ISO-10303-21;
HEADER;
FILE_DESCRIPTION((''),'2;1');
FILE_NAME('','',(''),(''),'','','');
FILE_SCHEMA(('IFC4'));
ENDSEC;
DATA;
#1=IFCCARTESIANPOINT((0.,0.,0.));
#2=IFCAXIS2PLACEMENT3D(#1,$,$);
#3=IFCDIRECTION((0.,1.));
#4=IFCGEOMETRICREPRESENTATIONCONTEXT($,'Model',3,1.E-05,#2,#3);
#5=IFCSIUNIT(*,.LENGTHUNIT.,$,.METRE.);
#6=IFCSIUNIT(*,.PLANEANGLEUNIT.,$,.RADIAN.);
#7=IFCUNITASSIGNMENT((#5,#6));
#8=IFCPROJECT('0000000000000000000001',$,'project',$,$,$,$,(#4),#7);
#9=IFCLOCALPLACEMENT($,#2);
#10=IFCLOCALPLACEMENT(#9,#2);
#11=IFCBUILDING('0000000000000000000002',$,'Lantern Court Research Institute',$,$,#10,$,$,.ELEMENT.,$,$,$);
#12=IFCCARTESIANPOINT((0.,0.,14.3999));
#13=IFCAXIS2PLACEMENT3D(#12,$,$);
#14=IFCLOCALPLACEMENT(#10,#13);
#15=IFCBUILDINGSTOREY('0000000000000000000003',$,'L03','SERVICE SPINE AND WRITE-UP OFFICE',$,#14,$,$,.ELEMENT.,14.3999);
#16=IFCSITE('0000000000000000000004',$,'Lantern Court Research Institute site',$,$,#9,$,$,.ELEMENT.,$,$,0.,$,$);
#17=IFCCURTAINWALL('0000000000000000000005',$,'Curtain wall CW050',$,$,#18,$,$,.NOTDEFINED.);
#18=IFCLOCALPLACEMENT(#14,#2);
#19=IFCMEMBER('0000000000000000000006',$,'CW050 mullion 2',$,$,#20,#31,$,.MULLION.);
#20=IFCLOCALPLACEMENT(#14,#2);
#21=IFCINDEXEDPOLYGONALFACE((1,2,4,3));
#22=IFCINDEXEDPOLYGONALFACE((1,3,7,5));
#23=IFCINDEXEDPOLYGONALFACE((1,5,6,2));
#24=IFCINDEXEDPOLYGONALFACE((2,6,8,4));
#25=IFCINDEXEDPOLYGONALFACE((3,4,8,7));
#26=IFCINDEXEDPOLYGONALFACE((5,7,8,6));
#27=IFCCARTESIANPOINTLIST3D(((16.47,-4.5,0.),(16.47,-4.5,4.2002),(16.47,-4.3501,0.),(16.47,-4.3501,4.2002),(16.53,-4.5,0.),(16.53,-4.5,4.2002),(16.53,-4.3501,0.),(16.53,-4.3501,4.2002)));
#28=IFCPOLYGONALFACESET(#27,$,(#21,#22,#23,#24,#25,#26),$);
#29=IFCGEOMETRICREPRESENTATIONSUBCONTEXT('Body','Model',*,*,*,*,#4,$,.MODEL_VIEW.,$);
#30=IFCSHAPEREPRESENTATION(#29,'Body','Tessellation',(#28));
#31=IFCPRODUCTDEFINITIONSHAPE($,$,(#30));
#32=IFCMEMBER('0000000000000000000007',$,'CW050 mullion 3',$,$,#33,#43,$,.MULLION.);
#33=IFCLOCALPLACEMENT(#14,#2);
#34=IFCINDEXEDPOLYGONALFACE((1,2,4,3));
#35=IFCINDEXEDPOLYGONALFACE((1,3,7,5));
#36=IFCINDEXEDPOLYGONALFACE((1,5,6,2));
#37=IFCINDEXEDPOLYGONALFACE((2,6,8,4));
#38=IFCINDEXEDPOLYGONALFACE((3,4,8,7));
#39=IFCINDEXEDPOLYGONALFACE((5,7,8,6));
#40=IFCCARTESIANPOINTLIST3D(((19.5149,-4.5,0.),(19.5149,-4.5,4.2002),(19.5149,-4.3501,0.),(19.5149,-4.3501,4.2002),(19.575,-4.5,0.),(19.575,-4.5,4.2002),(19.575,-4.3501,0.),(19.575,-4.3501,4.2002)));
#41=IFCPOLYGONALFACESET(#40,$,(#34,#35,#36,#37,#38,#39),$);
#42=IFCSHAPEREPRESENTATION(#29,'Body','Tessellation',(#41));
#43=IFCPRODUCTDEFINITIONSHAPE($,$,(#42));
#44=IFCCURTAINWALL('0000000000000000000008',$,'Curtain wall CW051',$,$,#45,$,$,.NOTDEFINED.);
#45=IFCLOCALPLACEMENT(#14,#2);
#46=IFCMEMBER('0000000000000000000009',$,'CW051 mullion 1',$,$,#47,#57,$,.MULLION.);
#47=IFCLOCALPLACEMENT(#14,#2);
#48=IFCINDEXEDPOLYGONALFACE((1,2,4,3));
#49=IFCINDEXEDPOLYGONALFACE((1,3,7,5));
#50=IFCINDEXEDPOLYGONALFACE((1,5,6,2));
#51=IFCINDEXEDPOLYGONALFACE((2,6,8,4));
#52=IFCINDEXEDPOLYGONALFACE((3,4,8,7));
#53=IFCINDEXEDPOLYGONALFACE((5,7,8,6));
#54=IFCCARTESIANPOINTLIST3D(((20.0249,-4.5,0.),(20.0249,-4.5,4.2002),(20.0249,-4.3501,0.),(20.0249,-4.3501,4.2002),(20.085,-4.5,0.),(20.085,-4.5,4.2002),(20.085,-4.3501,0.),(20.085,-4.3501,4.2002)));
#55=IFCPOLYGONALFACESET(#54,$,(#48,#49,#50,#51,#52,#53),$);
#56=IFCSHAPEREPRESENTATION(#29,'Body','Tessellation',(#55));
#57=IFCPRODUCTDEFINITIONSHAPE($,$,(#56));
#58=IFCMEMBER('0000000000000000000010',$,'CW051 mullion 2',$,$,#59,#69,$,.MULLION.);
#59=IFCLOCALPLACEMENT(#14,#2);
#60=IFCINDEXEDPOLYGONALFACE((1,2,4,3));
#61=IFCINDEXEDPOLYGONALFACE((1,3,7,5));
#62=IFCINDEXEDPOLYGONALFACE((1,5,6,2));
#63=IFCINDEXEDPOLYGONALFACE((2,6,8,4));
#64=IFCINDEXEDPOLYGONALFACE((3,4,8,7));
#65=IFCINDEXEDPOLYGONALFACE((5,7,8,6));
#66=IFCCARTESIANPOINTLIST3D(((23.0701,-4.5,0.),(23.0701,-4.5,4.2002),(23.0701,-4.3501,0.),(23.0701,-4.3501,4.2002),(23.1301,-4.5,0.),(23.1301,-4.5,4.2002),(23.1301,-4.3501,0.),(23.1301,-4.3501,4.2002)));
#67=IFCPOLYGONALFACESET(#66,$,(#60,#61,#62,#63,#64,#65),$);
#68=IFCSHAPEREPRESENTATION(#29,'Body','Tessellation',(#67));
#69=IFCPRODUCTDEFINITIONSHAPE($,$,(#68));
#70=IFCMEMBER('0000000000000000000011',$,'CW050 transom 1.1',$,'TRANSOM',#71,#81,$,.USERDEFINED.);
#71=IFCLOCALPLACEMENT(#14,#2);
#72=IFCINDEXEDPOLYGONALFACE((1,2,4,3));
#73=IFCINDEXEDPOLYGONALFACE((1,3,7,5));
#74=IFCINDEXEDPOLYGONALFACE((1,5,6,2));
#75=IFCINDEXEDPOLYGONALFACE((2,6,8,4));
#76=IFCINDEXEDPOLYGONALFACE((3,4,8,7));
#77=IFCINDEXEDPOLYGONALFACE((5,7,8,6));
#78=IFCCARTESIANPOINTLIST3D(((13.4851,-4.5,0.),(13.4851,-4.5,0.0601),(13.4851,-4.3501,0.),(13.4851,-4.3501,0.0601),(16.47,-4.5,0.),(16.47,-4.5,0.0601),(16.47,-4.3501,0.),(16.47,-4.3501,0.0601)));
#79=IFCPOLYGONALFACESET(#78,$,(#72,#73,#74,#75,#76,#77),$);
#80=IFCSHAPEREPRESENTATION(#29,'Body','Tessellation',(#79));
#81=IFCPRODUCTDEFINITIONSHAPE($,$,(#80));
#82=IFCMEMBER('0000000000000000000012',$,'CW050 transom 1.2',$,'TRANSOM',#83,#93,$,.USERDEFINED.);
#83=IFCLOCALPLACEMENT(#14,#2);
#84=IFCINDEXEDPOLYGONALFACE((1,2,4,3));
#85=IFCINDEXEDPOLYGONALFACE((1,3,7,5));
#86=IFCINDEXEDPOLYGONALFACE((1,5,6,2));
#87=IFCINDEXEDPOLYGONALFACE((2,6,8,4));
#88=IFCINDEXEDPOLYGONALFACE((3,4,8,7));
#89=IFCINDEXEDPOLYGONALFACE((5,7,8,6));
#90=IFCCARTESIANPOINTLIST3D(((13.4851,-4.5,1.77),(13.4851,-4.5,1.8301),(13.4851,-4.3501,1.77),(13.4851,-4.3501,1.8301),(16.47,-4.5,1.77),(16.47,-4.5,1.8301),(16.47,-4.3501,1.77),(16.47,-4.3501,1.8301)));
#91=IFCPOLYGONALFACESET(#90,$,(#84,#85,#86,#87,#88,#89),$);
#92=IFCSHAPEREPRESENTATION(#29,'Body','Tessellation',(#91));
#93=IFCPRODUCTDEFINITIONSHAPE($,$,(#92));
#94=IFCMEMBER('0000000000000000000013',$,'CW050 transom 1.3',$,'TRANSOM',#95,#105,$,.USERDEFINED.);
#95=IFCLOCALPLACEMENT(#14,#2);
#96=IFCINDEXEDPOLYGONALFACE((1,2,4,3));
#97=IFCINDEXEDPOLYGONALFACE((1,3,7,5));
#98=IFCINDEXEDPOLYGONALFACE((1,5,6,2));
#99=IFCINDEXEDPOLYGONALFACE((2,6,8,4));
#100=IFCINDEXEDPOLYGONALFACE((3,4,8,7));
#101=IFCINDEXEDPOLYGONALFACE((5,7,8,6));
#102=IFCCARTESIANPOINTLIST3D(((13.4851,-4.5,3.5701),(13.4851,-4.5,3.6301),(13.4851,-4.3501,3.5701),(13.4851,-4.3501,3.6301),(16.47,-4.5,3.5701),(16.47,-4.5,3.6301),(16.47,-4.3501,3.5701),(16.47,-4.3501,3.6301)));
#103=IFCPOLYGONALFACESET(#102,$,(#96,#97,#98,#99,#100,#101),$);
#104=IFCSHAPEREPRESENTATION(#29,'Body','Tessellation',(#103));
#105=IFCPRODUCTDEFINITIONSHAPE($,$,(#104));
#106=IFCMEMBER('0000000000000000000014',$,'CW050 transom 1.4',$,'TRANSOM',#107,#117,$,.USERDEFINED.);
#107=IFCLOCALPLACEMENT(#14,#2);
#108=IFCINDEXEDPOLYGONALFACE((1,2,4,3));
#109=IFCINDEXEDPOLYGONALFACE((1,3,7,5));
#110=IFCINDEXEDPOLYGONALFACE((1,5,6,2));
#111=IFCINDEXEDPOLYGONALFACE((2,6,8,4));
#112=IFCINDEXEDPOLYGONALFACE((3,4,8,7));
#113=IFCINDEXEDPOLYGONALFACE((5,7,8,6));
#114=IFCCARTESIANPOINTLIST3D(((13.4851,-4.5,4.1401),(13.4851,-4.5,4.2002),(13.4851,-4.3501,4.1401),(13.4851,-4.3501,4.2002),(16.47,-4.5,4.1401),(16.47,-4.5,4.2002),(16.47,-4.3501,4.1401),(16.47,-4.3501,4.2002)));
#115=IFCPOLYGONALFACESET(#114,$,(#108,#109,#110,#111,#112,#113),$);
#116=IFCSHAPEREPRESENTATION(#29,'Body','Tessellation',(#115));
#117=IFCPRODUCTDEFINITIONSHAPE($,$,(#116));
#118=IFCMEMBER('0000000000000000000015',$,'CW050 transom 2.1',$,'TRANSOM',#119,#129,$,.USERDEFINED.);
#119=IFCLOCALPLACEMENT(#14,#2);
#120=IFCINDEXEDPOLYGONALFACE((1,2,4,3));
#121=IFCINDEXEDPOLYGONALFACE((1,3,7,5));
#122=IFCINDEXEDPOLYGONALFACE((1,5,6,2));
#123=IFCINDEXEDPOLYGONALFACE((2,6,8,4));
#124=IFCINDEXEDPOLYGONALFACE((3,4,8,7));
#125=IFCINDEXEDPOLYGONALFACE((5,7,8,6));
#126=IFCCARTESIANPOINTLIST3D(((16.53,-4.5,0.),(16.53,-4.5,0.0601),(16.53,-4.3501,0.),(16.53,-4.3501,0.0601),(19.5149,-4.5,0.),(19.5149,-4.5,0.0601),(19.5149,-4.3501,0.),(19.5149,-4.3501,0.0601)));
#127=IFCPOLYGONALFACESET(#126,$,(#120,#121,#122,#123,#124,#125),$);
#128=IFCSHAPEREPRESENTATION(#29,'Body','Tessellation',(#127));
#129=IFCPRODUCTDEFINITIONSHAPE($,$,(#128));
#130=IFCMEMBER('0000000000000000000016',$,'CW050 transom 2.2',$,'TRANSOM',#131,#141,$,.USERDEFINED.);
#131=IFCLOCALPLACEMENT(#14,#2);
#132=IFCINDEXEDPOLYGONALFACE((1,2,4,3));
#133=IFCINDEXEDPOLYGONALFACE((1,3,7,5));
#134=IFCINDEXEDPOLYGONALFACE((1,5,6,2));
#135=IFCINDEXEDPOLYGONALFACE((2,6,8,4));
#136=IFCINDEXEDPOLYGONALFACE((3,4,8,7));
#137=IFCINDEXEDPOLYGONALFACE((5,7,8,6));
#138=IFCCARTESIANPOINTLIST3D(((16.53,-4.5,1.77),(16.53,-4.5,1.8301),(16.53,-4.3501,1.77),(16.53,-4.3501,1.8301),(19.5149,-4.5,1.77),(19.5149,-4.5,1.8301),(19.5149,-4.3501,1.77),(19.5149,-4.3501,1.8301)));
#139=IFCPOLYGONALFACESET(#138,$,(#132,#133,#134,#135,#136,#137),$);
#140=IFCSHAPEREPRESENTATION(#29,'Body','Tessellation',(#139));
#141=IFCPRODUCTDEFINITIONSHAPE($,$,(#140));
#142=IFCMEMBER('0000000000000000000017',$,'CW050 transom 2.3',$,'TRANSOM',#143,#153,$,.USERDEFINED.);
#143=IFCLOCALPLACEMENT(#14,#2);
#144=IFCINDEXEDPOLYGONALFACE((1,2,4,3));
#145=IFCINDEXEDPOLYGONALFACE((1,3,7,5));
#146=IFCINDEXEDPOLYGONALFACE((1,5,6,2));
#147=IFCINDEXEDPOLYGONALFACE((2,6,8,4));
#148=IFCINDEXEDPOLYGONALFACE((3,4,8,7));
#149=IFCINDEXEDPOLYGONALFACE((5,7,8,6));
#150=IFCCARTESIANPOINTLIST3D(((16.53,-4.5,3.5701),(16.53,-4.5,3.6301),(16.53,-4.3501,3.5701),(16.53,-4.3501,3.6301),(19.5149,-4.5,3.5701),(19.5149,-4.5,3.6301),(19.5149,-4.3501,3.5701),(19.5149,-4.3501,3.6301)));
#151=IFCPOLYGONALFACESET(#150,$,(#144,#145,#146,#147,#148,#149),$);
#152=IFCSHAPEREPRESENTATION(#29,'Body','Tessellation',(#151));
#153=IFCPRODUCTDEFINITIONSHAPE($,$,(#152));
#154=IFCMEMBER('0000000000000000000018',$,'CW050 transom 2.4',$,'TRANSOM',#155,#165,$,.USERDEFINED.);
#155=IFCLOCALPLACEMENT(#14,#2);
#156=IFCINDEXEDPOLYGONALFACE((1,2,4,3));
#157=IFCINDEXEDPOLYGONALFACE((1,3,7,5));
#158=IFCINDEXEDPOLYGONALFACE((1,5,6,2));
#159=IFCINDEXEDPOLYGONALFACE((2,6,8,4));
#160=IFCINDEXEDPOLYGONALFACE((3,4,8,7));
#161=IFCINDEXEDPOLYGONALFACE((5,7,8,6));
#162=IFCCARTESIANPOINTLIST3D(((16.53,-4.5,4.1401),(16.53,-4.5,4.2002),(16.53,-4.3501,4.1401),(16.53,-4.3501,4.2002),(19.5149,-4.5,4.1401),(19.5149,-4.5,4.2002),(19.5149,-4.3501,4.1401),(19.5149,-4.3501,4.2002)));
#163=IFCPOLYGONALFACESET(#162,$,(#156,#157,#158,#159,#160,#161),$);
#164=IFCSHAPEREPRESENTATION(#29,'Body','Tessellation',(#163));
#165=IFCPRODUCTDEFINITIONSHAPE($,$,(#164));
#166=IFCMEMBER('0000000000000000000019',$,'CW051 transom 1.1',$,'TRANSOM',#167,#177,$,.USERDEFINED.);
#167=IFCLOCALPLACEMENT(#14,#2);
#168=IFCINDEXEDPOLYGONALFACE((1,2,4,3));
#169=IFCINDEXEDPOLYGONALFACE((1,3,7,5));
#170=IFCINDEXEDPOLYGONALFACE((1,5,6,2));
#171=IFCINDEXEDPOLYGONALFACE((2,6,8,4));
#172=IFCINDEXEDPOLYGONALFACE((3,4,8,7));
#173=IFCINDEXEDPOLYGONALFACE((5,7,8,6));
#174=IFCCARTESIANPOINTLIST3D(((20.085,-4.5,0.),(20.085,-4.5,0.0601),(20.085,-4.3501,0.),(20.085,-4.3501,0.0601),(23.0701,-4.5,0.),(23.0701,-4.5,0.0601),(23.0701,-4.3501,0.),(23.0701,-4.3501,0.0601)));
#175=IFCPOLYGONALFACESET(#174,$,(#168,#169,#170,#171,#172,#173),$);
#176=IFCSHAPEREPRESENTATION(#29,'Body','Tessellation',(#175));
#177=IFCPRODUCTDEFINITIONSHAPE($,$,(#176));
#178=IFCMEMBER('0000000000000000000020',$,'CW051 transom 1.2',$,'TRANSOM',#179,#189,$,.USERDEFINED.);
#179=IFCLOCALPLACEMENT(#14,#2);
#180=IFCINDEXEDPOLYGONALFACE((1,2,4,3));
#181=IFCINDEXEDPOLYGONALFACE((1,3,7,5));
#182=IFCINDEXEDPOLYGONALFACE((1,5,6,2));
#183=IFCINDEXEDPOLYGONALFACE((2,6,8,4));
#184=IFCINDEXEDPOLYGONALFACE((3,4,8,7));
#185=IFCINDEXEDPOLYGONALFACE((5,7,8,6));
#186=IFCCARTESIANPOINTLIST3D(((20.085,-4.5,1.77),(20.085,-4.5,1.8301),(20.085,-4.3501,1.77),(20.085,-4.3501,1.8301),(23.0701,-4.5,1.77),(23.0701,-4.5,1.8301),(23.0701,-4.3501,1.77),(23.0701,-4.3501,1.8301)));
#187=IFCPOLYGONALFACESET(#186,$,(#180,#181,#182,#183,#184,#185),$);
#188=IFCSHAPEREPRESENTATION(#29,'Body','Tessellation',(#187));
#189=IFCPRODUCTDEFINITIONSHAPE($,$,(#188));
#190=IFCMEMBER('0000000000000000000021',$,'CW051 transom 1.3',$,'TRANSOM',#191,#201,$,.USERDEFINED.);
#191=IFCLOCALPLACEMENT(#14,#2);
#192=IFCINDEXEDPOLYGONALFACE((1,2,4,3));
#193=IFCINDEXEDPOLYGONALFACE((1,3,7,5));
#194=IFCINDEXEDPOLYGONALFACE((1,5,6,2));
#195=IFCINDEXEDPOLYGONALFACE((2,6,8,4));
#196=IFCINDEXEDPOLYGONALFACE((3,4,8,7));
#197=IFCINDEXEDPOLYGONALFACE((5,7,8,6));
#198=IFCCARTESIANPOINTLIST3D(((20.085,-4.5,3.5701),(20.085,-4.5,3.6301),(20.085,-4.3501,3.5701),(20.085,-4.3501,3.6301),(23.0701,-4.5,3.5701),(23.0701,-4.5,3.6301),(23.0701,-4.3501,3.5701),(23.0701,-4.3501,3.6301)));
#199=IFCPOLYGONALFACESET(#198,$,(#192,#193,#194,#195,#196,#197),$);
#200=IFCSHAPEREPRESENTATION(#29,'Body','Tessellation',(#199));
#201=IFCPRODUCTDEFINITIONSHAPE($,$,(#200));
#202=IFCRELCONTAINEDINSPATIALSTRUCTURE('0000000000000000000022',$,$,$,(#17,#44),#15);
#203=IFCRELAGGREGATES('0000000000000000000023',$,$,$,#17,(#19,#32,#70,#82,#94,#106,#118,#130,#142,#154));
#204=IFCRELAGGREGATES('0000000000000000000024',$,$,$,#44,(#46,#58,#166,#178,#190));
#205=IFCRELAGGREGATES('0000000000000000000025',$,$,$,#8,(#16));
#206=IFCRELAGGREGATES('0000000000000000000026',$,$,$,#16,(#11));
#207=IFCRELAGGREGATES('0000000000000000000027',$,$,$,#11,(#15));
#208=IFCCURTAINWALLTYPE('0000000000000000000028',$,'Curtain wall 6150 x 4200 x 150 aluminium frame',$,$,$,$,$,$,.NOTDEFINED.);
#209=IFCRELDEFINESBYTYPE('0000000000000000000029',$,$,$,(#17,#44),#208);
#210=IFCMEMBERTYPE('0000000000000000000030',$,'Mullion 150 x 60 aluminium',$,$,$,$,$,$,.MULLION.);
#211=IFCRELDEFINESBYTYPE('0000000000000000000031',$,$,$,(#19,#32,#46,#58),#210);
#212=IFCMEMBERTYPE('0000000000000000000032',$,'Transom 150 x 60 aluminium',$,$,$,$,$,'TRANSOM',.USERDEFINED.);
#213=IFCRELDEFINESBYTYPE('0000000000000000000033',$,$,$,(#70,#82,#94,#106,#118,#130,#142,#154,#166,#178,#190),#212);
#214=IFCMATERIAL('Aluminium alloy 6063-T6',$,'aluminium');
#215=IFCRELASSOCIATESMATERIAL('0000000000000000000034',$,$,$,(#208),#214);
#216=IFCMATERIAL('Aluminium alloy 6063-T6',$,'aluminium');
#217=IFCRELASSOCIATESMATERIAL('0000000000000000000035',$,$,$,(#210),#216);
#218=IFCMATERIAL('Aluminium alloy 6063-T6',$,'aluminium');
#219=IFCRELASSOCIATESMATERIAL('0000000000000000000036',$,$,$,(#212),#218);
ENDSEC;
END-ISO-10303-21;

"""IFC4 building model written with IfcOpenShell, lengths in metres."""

from ifc_helpers import new_model, si_unit, direction, frame, origin, origin_2d, place, context, subcontext, project, spatial, rectangle, extrude, material, material_profile, profile_set, type_object, element, aggregate, save


model = new_model("IFC4")

# Units and contexts
model_context = context("Model", 3, precision=1e-05, world=origin(), true_north=direction((0.0, 1.0)))
body_context = subcontext(model_context, "Body", "Model", "MODEL_VIEW")
ifc_project = project(units=[si_unit("LENGTHUNIT", "METRE"), si_unit("PLANEANGLEUNIT", "RADIAN")], contexts=[model_context])

# Site, building, storey
site_placement = place(None, origin())
site = spatial("IfcSite", under=ifc_project, at=site_placement, Name="Lantern Court Research Institute site", CompositionType="ELEMENT", RefElevation=0.0)
building_placement = place(site_placement, origin())
building = spatial("IfcBuilding", under=site, at=building_placement, Name="Lantern Court Research Institute", CompositionType="ELEMENT")
storey_placement = place(building_placement, frame((0.0, 0.0, 14.3999)))
storey = spatial("IfcBuildingStorey", under=building, at=storey_placement, Name="L03", Description="SERVICE SPINE AND WRITE-UP OFFICE", CompositionType="ELEMENT", Elevation=14.3999)

# Curtain walls, members
ifc_material_1 = material(Name="Aluminium alloy 6063-T6", Category="aluminium")
curtain_wall_type = type_object("IfcCurtainWallType", Name="Curtain wall 6150 x 4200 x 150 aluminium frame", PredefinedType="NOTDEFINED", material=ifc_material_1)
curtain_wall_1_placement = place(storey_placement, origin())
curtain_wall_1 = element("IfcCurtainWall", 1, at=curtain_wall_1_placement, inside=storey, type_object=curtain_wall_type, Name="Curtain wall CW050", PredefinedType="NOTDEFINED")
ifc_material_2 = material(Name="Aluminium alloy 6063-T6", Category="aluminium")
ifc_material_profile_1 = material_profile(ifc_material_2, rectangle(XDim=0.1499, YDim=0.0601, at=origin_2d()), Name="Mullion 150 x 60")
ifc_profile_set_1 = profile_set([ifc_material_profile_1], Name="Aluminium alloy 6063-T6")
member_type_1 = type_object("IfcMemberType", Name="Mullion 150 x 60 aluminium", PredefinedType="MULLION", material=ifc_profile_set_1)
member_1_placement = place(storey_placement, frame((16.5, -4.425, 0.0), z_axis=(0.0, 0.0, 1.0), x_axis=(0.0, -1.0, 0.0)))
member_1 = element("IfcMember", 2, at=member_1_placement, type_object=member_type_1, Name="CW050 mullion 2", PredefinedType="MULLION", context=body_context, shape_type="SweptSolid", body=[
    extrude(rectangle(XDim=0.1499, YDim=0.0601, at=origin_2d()), origin(), (0.0, 0.0, 1.0), 4.2002),
])
member_2_placement = place(storey_placement, frame((19.5449, -4.425, 0.0), z_axis=(0.0, 0.0, 1.0), x_axis=(0.0, -1.0, 0.0)))
member_2 = element("IfcMember", 3, at=member_2_placement, type_object=member_type_1, Name="CW050 mullion 3", PredefinedType="MULLION", context=body_context, shape_type="SweptSolid", body=[
    extrude(rectangle(XDim=0.1499, YDim=0.0601, at=origin_2d()), origin(), (0.0, 0.0, 1.0), 4.2002),
])
curtain_wall_2_placement = place(storey_placement, origin())
curtain_wall_2 = element("IfcCurtainWall", 4, at=curtain_wall_2_placement, inside=storey, type_object=curtain_wall_type, Name="Curtain wall CW051", PredefinedType="NOTDEFINED")
member_3_placement = place(storey_placement, frame((20.0549, -4.425, 0.0), z_axis=(0.0, 0.0, 1.0), x_axis=(0.0, -1.0, 0.0)))
member_3 = element("IfcMember", 5, at=member_3_placement, type_object=member_type_1, Name="CW051 mullion 1", PredefinedType="MULLION", context=body_context, shape_type="SweptSolid", body=[
    extrude(rectangle(XDim=0.1499, YDim=0.0601, at=origin_2d()), origin(), (0.0, 0.0, 1.0), 4.2002),
])
member_4_placement = place(storey_placement, frame((23.1001, -4.425, 0.0), z_axis=(0.0, 0.0, 1.0), x_axis=(0.0, -1.0, 0.0)))
member_4 = element("IfcMember", 6, at=member_4_placement, type_object=member_type_1, Name="CW051 mullion 2", PredefinedType="MULLION", context=body_context, shape_type="SweptSolid", body=[
    extrude(rectangle(XDim=0.1499, YDim=0.0601, at=origin_2d()), origin(), (0.0, 0.0, 1.0), 4.2002),
])

# Members
ifc_material_3 = material(Name="Aluminium alloy 6063-T6", Category="aluminium")
ifc_material_profile_2 = material_profile(ifc_material_3, rectangle(XDim=0.1499, YDim=0.0601, at=origin_2d()), Name="Transom 150 x 60")
ifc_profile_set_2 = profile_set([ifc_material_profile_2], Name="Aluminium alloy 6063-T6")
member_type_2 = type_object("IfcMemberType", Name="Transom 150 x 60 aluminium", ElementType="TRANSOM", PredefinedType="USERDEFINED", material=ifc_profile_set_2)
member_5_placement = place(storey_placement, frame((16.47, -4.425, 0.03), z_axis=(-1.0, 0.0, 0.0), x_axis=(0.0, -1.0, 0.0)))
member_5 = element("IfcMember", 7, at=member_5_placement, type_object=member_type_2, Name="CW050 transom 1.1", ObjectType="TRANSOM", PredefinedType="USERDEFINED", context=body_context, shape_type="SweptSolid", body=[
    extrude(rectangle(XDim=0.1499, YDim=0.0601, at=origin_2d()), origin(), (0.0, 0.0, 1.0), 2.9849),
])
member_6_placement = place(storey_placement, frame((16.47, -4.425, 1.8), z_axis=(-1.0, 0.0, 0.0), x_axis=(0.0, -1.0, 0.0)))
member_6 = element("IfcMember", 8, at=member_6_placement, type_object=member_type_2, Name="CW050 transom 1.2", ObjectType="TRANSOM", PredefinedType="USERDEFINED", context=body_context, shape_type="SweptSolid", body=[
    extrude(rectangle(XDim=0.1499, YDim=0.0601, at=origin_2d()), origin(), (0.0, 0.0, 1.0), 2.9849),
])
member_7_placement = place(storey_placement, frame((16.47, -4.425, 3.6001), z_axis=(-1.0, 0.0, 0.0), x_axis=(0.0, -1.0, 0.0)))
member_7 = element("IfcMember", 9, at=member_7_placement, type_object=member_type_2, Name="CW050 transom 1.3", ObjectType="TRANSOM", PredefinedType="USERDEFINED", context=body_context, shape_type="SweptSolid", body=[
    extrude(rectangle(XDim=0.1499, YDim=0.0601, at=origin_2d()), origin(), (0.0, 0.0, 1.0), 2.9849),
])
member_8_placement = place(storey_placement, frame((16.47, -4.425, 4.1702), z_axis=(-1.0, 0.0, 0.0), x_axis=(0.0, -1.0, 0.0)))
member_8 = element("IfcMember", 10, at=member_8_placement, type_object=member_type_2, Name="CW050 transom 1.4", ObjectType="TRANSOM", PredefinedType="USERDEFINED", context=body_context, shape_type="SweptSolid", body=[
    extrude(rectangle(XDim=0.1499, YDim=0.0601, at=origin_2d()), origin(), (0.0, 0.0, 1.0), 2.9849),
])
member_9_placement = place(storey_placement, frame((19.5149, -4.425, 0.03), z_axis=(-1.0, 0.0, 0.0), x_axis=(0.0, -1.0, 0.0)))
member_9 = element("IfcMember", 11, at=member_9_placement, type_object=member_type_2, Name="CW050 transom 2.1", ObjectType="TRANSOM", PredefinedType="USERDEFINED", context=body_context, shape_type="SweptSolid", body=[
    extrude(rectangle(XDim=0.1499, YDim=0.0601, at=origin_2d()), origin(), (0.0, 0.0, 1.0), 2.9849),
])
member_10_placement = place(storey_placement, frame((19.5149, -4.425, 1.8), z_axis=(-1.0, 0.0, 0.0), x_axis=(0.0, -1.0, 0.0)))
member_10 = element("IfcMember", 12, at=member_10_placement, type_object=member_type_2, Name="CW050 transom 2.2", ObjectType="TRANSOM", PredefinedType="USERDEFINED", context=body_context, shape_type="SweptSolid", body=[
    extrude(rectangle(XDim=0.1499, YDim=0.0601, at=origin_2d()), origin(), (0.0, 0.0, 1.0), 2.9849),
])
member_11_placement = place(storey_placement, frame((19.5149, -4.425, 3.6001), z_axis=(-1.0, 0.0, 0.0), x_axis=(0.0, -1.0, 0.0)))
member_11 = element("IfcMember", 13, at=member_11_placement, type_object=member_type_2, Name="CW050 transom 2.3", ObjectType="TRANSOM", PredefinedType="USERDEFINED", context=body_context, shape_type="SweptSolid", body=[
    extrude(rectangle(XDim=0.1499, YDim=0.0601, at=origin_2d()), origin(), (0.0, 0.0, 1.0), 2.9849),
])
member_12_placement = place(storey_placement, frame((19.5149, -4.425, 4.1702), z_axis=(-1.0, 0.0, 0.0), x_axis=(0.0, -1.0, 0.0)))
member_12 = element("IfcMember", 14, at=member_12_placement, type_object=member_type_2, Name="CW050 transom 2.4", ObjectType="TRANSOM", PredefinedType="USERDEFINED", context=body_context, shape_type="SweptSolid", body=[
    extrude(rectangle(XDim=0.1499, YDim=0.0601, at=origin_2d()), origin(), (0.0, 0.0, 1.0), 2.9849),
])
member_13_placement = place(storey_placement, frame((23.0701, -4.425, 0.03), z_axis=(-1.0, 0.0, 0.0), x_axis=(0.0, -1.0, 0.0)))
member_13 = element("IfcMember", 15, at=member_13_placement, type_object=member_type_2, Name="CW051 transom 1.1", ObjectType="TRANSOM", PredefinedType="USERDEFINED", context=body_context, shape_type="SweptSolid", body=[
    extrude(rectangle(XDim=0.1499, YDim=0.0601, at=origin_2d()), origin(), (0.0, 0.0, 1.0), 2.9851),
])
member_14_placement = place(storey_placement, frame((23.0701, -4.425, 1.8), z_axis=(-1.0, 0.0, 0.0), x_axis=(0.0, -1.0, 0.0)))
member_14 = element("IfcMember", 16, at=member_14_placement, type_object=member_type_2, Name="CW051 transom 1.2", ObjectType="TRANSOM", PredefinedType="USERDEFINED", context=body_context, shape_type="SweptSolid", body=[
    extrude(rectangle(XDim=0.1499, YDim=0.0601, at=origin_2d()), origin(), (0.0, 0.0, 1.0), 2.9851),
])
member_15_placement = place(storey_placement, frame((23.0701, -4.425, 3.6001), z_axis=(-1.0, 0.0, 0.0), x_axis=(0.0, -1.0, 0.0)))
member_15 = element("IfcMember", 17, at=member_15_placement, type_object=member_type_2, Name="CW051 transom 1.3", ObjectType="TRANSOM", PredefinedType="USERDEFINED", context=body_context, shape_type="SweptSolid", body=[
    extrude(rectangle(XDim=0.1499, YDim=0.0601, at=origin_2d()), origin(), (0.0, 0.0, 1.0), 2.9851),
])

aggregate(curtain_wall_1, [member_1, member_2, member_5, member_6, member_7, member_8, member_9, member_10, member_11, member_12])
aggregate(curtain_wall_2, [member_3, member_4, member_13, member_14, member_15])

save(model, "model.ifc")
